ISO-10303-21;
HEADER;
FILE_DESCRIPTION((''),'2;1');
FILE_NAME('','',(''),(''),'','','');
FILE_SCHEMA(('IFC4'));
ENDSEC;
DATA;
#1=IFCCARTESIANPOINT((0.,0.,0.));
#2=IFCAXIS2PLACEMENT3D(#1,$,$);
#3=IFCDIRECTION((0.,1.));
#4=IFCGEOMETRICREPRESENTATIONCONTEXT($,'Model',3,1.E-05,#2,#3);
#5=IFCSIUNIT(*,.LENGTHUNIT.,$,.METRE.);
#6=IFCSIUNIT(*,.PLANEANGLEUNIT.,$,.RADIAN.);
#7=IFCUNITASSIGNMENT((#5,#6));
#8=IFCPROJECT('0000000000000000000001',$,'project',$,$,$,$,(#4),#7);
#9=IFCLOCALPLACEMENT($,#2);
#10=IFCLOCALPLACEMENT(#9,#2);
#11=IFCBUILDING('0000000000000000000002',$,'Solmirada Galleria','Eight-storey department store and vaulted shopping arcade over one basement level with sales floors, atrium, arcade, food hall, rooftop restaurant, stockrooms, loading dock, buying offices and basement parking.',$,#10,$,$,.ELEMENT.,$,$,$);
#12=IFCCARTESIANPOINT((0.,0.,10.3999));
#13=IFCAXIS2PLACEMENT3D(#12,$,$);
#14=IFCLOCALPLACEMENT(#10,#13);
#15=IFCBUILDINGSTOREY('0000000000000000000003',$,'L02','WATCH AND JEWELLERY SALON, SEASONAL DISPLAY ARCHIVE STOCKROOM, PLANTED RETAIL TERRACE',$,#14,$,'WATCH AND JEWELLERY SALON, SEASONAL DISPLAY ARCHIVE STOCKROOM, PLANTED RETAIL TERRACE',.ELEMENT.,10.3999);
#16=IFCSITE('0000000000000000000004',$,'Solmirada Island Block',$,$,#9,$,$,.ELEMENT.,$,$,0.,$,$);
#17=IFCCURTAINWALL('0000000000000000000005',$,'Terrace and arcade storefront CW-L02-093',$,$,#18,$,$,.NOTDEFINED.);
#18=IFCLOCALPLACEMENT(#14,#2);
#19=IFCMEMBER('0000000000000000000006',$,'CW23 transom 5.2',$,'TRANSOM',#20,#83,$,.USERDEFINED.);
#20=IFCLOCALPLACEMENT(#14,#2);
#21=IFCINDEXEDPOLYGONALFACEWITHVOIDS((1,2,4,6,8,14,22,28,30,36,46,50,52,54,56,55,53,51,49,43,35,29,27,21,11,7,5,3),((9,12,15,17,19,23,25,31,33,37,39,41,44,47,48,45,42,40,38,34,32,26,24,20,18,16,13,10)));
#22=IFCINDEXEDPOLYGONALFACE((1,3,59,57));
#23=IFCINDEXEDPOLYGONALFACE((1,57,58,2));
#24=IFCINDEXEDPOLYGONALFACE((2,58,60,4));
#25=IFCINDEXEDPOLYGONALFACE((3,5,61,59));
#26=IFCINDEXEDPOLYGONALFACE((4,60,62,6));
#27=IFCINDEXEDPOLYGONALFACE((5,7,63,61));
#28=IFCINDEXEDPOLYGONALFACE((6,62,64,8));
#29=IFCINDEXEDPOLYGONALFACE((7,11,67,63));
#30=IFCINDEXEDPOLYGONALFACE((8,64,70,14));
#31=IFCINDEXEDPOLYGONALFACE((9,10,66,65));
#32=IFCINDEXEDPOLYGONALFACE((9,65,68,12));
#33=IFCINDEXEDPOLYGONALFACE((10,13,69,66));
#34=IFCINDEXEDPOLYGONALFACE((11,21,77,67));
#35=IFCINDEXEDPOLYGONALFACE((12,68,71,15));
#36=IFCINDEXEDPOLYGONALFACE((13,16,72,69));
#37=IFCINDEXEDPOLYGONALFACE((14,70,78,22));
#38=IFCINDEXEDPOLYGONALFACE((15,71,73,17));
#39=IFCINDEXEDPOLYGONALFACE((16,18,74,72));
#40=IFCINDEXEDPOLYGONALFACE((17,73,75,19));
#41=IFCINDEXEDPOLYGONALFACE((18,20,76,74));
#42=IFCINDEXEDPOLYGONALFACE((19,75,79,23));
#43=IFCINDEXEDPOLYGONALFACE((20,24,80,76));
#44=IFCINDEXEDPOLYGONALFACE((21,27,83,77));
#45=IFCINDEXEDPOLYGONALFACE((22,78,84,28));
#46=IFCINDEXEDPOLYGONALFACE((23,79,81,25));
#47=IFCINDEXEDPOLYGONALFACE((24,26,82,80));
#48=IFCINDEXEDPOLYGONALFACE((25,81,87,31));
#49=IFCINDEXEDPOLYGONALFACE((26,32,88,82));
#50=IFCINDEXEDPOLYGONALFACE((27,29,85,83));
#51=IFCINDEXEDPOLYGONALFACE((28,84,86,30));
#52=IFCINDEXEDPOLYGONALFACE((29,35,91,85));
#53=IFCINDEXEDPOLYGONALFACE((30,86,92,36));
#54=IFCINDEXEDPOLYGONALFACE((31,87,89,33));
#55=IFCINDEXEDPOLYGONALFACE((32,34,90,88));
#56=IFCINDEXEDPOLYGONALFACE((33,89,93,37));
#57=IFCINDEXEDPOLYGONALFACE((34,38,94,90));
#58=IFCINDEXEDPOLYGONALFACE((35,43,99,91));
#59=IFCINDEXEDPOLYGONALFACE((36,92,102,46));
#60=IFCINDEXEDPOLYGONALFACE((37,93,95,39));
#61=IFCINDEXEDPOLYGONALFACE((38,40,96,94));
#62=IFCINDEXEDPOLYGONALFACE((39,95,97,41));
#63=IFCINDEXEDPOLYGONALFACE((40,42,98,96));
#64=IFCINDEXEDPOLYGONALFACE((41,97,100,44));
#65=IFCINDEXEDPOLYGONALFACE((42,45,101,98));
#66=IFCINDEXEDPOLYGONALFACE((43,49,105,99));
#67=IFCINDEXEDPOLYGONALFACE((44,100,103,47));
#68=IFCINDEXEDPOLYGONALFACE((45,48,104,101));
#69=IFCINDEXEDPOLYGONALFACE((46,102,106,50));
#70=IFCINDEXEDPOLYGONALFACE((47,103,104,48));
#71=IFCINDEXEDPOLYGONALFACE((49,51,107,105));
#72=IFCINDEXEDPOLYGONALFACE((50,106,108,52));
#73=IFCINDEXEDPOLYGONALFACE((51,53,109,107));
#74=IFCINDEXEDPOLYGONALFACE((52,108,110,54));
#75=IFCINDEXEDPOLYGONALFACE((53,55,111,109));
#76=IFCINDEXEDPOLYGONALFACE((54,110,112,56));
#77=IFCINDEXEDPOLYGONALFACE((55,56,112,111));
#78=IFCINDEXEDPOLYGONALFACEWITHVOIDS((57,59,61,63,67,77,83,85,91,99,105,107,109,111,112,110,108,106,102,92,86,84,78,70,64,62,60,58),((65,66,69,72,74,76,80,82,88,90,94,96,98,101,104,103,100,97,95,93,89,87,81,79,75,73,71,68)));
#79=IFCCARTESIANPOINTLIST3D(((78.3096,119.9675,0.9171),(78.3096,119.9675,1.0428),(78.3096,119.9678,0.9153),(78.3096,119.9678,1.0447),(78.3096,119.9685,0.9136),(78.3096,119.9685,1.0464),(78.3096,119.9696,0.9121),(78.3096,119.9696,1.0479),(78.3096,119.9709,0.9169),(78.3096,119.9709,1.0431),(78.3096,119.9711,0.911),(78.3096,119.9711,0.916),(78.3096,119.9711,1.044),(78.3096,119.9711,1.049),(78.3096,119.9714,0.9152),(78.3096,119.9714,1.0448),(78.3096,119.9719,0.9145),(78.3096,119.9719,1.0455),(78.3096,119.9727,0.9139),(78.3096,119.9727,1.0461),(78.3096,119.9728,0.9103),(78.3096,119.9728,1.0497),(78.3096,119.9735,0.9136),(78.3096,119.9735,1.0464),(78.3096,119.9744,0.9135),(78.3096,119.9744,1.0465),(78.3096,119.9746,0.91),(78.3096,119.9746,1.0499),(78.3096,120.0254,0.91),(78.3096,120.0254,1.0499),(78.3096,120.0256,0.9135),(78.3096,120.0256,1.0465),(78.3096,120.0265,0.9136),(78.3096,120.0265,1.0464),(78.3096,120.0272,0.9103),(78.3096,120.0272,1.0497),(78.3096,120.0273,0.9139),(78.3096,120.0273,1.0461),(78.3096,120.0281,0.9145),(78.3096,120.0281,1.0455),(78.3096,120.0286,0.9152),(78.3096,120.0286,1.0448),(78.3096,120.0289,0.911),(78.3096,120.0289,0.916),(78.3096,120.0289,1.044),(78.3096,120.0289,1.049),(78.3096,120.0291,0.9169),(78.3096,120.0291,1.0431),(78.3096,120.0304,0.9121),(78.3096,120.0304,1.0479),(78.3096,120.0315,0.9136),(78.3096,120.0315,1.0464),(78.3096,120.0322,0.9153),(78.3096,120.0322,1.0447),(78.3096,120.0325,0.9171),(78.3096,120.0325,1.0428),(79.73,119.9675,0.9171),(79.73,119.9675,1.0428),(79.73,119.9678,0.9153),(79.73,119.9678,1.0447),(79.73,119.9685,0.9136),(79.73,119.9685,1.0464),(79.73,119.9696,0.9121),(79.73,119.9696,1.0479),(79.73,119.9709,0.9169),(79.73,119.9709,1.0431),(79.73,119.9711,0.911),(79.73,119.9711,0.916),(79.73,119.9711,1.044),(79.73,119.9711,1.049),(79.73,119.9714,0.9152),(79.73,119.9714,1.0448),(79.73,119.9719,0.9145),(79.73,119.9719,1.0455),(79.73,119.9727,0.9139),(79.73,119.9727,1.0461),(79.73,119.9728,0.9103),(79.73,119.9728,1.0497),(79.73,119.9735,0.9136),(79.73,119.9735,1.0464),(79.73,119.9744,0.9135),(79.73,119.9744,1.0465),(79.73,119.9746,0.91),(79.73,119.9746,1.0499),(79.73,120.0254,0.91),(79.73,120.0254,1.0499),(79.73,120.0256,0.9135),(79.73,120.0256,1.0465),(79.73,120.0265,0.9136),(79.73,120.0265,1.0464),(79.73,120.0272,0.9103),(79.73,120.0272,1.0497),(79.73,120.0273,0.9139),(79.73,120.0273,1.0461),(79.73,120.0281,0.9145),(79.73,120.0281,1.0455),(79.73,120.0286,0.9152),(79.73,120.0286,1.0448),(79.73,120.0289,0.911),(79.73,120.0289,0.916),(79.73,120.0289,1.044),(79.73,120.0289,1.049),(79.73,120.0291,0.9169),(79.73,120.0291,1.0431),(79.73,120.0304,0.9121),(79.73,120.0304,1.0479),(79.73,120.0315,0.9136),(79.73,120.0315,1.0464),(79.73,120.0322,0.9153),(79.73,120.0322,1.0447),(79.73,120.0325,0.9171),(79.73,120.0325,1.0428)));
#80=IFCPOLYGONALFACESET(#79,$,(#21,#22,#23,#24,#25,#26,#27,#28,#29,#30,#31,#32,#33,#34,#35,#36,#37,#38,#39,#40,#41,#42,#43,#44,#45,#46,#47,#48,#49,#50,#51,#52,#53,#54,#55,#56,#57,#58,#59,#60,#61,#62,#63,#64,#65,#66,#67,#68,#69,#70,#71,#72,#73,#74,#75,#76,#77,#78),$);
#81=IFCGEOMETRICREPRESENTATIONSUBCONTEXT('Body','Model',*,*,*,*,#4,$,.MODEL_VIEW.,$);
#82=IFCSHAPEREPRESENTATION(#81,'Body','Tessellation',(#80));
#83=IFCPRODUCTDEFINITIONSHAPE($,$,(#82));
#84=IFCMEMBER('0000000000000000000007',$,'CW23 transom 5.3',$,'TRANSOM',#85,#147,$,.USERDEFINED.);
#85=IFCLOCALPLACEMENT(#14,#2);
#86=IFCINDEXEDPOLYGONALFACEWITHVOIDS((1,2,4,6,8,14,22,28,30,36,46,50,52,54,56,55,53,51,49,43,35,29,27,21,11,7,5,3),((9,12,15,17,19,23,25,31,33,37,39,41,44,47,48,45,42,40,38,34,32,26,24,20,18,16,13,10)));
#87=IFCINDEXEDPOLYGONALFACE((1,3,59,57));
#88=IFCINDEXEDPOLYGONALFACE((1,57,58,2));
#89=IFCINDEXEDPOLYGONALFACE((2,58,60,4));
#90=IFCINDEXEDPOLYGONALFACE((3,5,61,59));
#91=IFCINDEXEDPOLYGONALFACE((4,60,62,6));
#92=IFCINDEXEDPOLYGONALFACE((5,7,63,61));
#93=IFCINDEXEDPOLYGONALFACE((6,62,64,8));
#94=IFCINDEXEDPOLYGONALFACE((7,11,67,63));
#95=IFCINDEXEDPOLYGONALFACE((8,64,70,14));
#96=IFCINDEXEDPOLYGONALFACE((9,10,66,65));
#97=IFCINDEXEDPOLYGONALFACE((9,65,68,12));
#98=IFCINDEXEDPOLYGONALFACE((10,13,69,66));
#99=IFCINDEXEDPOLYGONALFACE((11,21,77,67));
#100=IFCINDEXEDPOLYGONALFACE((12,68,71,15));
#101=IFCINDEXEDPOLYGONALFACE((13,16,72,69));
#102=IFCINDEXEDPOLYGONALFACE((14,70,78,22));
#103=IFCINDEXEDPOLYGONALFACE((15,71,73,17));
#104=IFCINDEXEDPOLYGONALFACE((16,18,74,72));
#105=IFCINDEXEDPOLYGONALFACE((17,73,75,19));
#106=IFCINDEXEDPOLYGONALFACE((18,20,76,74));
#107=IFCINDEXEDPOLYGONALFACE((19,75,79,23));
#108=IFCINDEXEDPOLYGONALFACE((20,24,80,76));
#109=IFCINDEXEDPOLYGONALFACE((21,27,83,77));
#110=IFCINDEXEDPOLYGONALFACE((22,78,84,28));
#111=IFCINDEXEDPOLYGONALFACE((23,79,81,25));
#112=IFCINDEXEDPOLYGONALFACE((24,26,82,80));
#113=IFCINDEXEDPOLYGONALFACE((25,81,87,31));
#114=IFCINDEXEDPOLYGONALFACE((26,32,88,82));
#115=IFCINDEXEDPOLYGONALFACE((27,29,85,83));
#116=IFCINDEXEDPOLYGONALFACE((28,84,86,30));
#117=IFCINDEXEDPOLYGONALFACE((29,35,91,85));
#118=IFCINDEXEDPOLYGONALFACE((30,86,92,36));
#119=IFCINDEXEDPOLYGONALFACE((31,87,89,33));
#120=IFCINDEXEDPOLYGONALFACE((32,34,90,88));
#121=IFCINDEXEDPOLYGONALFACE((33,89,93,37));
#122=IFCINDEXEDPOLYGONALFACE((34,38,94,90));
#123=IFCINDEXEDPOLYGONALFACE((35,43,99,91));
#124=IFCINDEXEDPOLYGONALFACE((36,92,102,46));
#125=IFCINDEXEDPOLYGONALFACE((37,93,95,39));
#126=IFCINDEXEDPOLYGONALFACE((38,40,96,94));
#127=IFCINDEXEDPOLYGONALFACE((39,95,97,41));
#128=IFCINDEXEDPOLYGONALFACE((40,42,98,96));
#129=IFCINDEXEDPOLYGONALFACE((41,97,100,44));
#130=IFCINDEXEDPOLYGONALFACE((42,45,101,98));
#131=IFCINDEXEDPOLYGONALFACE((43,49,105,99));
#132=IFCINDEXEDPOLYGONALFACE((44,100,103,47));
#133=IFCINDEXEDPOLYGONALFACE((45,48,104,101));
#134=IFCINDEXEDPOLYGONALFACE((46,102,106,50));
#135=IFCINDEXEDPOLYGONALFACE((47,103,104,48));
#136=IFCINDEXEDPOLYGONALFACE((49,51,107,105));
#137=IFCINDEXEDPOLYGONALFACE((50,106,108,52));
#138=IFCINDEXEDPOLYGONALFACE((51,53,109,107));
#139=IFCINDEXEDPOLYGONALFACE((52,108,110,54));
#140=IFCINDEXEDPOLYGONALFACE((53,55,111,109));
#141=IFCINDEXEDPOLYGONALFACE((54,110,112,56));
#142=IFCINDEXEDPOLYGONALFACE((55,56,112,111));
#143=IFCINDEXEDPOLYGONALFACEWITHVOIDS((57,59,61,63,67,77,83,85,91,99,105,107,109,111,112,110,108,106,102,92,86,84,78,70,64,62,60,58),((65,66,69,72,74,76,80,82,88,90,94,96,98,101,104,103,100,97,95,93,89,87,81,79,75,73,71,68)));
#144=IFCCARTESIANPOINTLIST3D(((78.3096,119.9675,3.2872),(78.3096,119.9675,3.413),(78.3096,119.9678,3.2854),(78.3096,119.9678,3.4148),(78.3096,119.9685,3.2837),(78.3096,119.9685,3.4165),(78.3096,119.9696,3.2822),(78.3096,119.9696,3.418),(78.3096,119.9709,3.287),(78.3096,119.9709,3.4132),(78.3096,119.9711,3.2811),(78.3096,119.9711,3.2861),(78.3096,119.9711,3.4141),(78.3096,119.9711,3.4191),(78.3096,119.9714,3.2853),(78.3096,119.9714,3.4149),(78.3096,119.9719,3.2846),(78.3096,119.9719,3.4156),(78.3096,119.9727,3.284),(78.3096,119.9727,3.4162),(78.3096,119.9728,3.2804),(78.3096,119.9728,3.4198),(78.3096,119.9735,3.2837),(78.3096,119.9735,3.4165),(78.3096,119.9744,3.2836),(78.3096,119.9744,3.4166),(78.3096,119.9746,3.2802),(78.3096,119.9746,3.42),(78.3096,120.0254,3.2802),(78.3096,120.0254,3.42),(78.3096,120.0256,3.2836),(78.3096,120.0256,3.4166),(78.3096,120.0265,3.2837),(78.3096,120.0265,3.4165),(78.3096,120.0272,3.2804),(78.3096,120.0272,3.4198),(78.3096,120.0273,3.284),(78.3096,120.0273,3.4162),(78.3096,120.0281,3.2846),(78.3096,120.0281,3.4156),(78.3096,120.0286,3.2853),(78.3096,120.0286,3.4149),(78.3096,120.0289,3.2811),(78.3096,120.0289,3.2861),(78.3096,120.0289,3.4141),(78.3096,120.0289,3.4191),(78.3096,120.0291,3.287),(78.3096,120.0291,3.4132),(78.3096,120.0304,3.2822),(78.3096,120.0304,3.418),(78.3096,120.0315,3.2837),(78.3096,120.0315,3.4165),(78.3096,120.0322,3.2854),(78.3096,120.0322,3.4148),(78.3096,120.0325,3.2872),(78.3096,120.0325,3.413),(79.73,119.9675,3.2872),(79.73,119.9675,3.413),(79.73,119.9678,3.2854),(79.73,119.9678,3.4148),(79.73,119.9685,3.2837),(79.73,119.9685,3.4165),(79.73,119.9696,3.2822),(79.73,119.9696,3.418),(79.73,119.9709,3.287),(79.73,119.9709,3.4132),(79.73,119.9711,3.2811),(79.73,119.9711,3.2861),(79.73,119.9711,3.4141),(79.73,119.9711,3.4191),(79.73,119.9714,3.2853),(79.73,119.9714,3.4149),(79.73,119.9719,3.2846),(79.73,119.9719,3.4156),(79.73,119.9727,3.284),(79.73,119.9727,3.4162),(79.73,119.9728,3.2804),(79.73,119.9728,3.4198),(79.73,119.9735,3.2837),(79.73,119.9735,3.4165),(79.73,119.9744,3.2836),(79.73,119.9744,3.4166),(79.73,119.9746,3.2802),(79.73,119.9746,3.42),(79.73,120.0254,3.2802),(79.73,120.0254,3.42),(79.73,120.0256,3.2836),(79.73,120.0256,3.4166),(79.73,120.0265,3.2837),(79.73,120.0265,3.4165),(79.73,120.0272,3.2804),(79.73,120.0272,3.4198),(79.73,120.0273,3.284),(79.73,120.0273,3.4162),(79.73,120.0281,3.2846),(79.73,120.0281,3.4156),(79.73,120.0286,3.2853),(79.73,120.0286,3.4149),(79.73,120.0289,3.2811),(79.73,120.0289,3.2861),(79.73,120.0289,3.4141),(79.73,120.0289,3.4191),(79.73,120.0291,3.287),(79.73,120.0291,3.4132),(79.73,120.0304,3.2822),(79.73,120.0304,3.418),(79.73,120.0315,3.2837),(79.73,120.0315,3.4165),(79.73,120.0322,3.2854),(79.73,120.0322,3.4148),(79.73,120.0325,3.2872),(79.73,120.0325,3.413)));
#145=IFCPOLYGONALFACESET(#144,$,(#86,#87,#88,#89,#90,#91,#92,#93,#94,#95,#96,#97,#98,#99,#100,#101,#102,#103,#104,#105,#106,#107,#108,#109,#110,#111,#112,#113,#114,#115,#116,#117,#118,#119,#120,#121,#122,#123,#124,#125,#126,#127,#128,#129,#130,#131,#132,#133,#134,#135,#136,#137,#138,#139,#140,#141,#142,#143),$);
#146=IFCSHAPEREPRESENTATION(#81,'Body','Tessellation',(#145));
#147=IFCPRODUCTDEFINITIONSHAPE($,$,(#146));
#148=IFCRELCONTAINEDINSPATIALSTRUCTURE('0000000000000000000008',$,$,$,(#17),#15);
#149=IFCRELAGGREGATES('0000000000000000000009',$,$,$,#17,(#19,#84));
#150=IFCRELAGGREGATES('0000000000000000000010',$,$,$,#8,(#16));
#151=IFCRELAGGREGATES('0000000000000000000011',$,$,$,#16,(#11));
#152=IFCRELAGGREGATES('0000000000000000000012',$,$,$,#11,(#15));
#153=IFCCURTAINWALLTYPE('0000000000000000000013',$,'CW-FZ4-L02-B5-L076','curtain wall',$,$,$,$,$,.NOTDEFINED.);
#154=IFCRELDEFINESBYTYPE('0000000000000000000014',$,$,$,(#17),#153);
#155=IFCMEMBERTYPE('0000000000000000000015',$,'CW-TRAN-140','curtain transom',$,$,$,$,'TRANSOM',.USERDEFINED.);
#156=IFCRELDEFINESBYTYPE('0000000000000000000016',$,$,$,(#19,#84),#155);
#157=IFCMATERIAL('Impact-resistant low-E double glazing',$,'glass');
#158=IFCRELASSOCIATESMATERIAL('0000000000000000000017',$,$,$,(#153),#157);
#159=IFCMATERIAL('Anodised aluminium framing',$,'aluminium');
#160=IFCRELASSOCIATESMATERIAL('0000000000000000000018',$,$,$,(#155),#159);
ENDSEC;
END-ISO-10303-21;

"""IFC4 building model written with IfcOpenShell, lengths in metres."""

from ifc_helpers import new_model, si_unit, direction, frame, origin, origin_2d, place, context, subcontext, project, spatial, hollow_rectangle, extrude, material, material_profile, profile_set, type_object, element, aggregate, save


model = new_model("IFC4")

# Units and contexts
model_context = context("Model", 3, precision=1e-05, world=origin(), true_north=direction((0.0, 1.0)))
body_context = subcontext(model_context, "Body", "Model", "MODEL_VIEW")
ifc_project = project(units=[si_unit("LENGTHUNIT", "METRE"), si_unit("PLANEANGLEUNIT", "RADIAN")], contexts=[model_context])

# Site, building, storey
site_placement = place(None, origin())
site = spatial("IfcSite", under=ifc_project, at=site_placement, Name="Solmirada Island Block", CompositionType="ELEMENT", RefElevation=0.0)
building_placement = place(site_placement, origin())
building = spatial("IfcBuilding", under=site, at=building_placement, Name="Solmirada Galleria", Description="Eight-storey department store and vaulted shopping arcade over one basement level with sales floors, atrium, arcade, food hall, rooftop restaurant, stockrooms, loading dock, buying offices and basement parking.", CompositionType="ELEMENT")
storey_placement = place(building_placement, frame((0.0, 0.0, 10.3999)))
storey = spatial("IfcBuildingStorey", under=building, at=storey_placement, Name="L02", Description="WATCH AND JEWELLERY SALON, SEASONAL DISPLAY ARCHIVE STOCKROOM, PLANTED RETAIL TERRACE", LongName="WATCH AND JEWELLERY SALON, SEASONAL DISPLAY ARCHIVE STOCKROOM, PLANTED RETAIL TERRACE", CompositionType="ELEMENT", Elevation=10.3999)

# Curtain wall
ifc_material_1 = material(Name="Impact-resistant low-E double glazing", Category="glass")
curtain_wall_type = type_object("IfcCurtainWallType", Name="CW-FZ4-L02-B5-L076", Description="curtain wall", PredefinedType="NOTDEFINED", material=ifc_material_1)
curtain_wall_1_placement = place(storey_placement, origin())
curtain_wall_1 = element("IfcCurtainWall", 1, at=curtain_wall_1_placement, inside=storey, type_object=curtain_wall_type, Name="Terrace and arcade storefront CW-L02-093", PredefinedType="NOTDEFINED")
ifc_material_2 = material(Name="Anodised aluminium framing", Category="aluminium")

# Members
ifc_material_profile_1 = material_profile(ifc_material_2, hollow_rectangle(XDim=0.0649, YDim=0.1399, WallThickness=0.0034, InnerFilletRadius=0.0034, OuterFilletRadius=0.0071, at=origin_2d()), Name="ALU-TRAN-140X65")
ifc_profile_set_1 = profile_set([ifc_material_profile_1], Name="Anodised aluminium framing")
member_type_1 = type_object("IfcMemberType", Name="CW-TRAN-140", Description="curtain transom", ElementType="TRANSOM", PredefinedType="USERDEFINED", material=ifc_profile_set_1)
member_1_placement = place(storey_placement, frame((78.3096, 120.0, 0.98), z_axis=(1.0, 0.0, 0.0), x_axis=(0.0, 1.0, 0.0)))
member_1 = element("IfcMember", 2, at=member_1_placement, type_object=member_type_1, Name="CW23 transom 5.2", ObjectType="TRANSOM", PredefinedType="USERDEFINED", context=body_context, shape_type="SweptSolid", body=[
    extrude(hollow_rectangle(XDim=0.0649, YDim=0.1399, WallThickness=0.0034, InnerFilletRadius=0.0034, OuterFilletRadius=0.0071, at=origin_2d()), origin(), (0.0, 0.0, 1.0), 1.4204),
])
member_2_placement = place(storey_placement, frame((78.3096, 120.0, 3.3501), z_axis=(1.0, 0.0, 0.0), x_axis=(0.0, 1.0, 0.0)))
member_2 = element("IfcMember", 3, at=member_2_placement, type_object=member_type_1, Name="CW23 transom 5.3", ObjectType="TRANSOM", PredefinedType="USERDEFINED", context=body_context, shape_type="SweptSolid", body=[
    extrude(hollow_rectangle(XDim=0.0649, YDim=0.1399, WallThickness=0.0034, InnerFilletRadius=0.0034, OuterFilletRadius=0.0071, at=origin_2d()), origin(), (0.0, 0.0, 1.0), 1.4204),
])

aggregate(curtain_wall_1, [member_1, member_2])

save(model, "model.ifc")
